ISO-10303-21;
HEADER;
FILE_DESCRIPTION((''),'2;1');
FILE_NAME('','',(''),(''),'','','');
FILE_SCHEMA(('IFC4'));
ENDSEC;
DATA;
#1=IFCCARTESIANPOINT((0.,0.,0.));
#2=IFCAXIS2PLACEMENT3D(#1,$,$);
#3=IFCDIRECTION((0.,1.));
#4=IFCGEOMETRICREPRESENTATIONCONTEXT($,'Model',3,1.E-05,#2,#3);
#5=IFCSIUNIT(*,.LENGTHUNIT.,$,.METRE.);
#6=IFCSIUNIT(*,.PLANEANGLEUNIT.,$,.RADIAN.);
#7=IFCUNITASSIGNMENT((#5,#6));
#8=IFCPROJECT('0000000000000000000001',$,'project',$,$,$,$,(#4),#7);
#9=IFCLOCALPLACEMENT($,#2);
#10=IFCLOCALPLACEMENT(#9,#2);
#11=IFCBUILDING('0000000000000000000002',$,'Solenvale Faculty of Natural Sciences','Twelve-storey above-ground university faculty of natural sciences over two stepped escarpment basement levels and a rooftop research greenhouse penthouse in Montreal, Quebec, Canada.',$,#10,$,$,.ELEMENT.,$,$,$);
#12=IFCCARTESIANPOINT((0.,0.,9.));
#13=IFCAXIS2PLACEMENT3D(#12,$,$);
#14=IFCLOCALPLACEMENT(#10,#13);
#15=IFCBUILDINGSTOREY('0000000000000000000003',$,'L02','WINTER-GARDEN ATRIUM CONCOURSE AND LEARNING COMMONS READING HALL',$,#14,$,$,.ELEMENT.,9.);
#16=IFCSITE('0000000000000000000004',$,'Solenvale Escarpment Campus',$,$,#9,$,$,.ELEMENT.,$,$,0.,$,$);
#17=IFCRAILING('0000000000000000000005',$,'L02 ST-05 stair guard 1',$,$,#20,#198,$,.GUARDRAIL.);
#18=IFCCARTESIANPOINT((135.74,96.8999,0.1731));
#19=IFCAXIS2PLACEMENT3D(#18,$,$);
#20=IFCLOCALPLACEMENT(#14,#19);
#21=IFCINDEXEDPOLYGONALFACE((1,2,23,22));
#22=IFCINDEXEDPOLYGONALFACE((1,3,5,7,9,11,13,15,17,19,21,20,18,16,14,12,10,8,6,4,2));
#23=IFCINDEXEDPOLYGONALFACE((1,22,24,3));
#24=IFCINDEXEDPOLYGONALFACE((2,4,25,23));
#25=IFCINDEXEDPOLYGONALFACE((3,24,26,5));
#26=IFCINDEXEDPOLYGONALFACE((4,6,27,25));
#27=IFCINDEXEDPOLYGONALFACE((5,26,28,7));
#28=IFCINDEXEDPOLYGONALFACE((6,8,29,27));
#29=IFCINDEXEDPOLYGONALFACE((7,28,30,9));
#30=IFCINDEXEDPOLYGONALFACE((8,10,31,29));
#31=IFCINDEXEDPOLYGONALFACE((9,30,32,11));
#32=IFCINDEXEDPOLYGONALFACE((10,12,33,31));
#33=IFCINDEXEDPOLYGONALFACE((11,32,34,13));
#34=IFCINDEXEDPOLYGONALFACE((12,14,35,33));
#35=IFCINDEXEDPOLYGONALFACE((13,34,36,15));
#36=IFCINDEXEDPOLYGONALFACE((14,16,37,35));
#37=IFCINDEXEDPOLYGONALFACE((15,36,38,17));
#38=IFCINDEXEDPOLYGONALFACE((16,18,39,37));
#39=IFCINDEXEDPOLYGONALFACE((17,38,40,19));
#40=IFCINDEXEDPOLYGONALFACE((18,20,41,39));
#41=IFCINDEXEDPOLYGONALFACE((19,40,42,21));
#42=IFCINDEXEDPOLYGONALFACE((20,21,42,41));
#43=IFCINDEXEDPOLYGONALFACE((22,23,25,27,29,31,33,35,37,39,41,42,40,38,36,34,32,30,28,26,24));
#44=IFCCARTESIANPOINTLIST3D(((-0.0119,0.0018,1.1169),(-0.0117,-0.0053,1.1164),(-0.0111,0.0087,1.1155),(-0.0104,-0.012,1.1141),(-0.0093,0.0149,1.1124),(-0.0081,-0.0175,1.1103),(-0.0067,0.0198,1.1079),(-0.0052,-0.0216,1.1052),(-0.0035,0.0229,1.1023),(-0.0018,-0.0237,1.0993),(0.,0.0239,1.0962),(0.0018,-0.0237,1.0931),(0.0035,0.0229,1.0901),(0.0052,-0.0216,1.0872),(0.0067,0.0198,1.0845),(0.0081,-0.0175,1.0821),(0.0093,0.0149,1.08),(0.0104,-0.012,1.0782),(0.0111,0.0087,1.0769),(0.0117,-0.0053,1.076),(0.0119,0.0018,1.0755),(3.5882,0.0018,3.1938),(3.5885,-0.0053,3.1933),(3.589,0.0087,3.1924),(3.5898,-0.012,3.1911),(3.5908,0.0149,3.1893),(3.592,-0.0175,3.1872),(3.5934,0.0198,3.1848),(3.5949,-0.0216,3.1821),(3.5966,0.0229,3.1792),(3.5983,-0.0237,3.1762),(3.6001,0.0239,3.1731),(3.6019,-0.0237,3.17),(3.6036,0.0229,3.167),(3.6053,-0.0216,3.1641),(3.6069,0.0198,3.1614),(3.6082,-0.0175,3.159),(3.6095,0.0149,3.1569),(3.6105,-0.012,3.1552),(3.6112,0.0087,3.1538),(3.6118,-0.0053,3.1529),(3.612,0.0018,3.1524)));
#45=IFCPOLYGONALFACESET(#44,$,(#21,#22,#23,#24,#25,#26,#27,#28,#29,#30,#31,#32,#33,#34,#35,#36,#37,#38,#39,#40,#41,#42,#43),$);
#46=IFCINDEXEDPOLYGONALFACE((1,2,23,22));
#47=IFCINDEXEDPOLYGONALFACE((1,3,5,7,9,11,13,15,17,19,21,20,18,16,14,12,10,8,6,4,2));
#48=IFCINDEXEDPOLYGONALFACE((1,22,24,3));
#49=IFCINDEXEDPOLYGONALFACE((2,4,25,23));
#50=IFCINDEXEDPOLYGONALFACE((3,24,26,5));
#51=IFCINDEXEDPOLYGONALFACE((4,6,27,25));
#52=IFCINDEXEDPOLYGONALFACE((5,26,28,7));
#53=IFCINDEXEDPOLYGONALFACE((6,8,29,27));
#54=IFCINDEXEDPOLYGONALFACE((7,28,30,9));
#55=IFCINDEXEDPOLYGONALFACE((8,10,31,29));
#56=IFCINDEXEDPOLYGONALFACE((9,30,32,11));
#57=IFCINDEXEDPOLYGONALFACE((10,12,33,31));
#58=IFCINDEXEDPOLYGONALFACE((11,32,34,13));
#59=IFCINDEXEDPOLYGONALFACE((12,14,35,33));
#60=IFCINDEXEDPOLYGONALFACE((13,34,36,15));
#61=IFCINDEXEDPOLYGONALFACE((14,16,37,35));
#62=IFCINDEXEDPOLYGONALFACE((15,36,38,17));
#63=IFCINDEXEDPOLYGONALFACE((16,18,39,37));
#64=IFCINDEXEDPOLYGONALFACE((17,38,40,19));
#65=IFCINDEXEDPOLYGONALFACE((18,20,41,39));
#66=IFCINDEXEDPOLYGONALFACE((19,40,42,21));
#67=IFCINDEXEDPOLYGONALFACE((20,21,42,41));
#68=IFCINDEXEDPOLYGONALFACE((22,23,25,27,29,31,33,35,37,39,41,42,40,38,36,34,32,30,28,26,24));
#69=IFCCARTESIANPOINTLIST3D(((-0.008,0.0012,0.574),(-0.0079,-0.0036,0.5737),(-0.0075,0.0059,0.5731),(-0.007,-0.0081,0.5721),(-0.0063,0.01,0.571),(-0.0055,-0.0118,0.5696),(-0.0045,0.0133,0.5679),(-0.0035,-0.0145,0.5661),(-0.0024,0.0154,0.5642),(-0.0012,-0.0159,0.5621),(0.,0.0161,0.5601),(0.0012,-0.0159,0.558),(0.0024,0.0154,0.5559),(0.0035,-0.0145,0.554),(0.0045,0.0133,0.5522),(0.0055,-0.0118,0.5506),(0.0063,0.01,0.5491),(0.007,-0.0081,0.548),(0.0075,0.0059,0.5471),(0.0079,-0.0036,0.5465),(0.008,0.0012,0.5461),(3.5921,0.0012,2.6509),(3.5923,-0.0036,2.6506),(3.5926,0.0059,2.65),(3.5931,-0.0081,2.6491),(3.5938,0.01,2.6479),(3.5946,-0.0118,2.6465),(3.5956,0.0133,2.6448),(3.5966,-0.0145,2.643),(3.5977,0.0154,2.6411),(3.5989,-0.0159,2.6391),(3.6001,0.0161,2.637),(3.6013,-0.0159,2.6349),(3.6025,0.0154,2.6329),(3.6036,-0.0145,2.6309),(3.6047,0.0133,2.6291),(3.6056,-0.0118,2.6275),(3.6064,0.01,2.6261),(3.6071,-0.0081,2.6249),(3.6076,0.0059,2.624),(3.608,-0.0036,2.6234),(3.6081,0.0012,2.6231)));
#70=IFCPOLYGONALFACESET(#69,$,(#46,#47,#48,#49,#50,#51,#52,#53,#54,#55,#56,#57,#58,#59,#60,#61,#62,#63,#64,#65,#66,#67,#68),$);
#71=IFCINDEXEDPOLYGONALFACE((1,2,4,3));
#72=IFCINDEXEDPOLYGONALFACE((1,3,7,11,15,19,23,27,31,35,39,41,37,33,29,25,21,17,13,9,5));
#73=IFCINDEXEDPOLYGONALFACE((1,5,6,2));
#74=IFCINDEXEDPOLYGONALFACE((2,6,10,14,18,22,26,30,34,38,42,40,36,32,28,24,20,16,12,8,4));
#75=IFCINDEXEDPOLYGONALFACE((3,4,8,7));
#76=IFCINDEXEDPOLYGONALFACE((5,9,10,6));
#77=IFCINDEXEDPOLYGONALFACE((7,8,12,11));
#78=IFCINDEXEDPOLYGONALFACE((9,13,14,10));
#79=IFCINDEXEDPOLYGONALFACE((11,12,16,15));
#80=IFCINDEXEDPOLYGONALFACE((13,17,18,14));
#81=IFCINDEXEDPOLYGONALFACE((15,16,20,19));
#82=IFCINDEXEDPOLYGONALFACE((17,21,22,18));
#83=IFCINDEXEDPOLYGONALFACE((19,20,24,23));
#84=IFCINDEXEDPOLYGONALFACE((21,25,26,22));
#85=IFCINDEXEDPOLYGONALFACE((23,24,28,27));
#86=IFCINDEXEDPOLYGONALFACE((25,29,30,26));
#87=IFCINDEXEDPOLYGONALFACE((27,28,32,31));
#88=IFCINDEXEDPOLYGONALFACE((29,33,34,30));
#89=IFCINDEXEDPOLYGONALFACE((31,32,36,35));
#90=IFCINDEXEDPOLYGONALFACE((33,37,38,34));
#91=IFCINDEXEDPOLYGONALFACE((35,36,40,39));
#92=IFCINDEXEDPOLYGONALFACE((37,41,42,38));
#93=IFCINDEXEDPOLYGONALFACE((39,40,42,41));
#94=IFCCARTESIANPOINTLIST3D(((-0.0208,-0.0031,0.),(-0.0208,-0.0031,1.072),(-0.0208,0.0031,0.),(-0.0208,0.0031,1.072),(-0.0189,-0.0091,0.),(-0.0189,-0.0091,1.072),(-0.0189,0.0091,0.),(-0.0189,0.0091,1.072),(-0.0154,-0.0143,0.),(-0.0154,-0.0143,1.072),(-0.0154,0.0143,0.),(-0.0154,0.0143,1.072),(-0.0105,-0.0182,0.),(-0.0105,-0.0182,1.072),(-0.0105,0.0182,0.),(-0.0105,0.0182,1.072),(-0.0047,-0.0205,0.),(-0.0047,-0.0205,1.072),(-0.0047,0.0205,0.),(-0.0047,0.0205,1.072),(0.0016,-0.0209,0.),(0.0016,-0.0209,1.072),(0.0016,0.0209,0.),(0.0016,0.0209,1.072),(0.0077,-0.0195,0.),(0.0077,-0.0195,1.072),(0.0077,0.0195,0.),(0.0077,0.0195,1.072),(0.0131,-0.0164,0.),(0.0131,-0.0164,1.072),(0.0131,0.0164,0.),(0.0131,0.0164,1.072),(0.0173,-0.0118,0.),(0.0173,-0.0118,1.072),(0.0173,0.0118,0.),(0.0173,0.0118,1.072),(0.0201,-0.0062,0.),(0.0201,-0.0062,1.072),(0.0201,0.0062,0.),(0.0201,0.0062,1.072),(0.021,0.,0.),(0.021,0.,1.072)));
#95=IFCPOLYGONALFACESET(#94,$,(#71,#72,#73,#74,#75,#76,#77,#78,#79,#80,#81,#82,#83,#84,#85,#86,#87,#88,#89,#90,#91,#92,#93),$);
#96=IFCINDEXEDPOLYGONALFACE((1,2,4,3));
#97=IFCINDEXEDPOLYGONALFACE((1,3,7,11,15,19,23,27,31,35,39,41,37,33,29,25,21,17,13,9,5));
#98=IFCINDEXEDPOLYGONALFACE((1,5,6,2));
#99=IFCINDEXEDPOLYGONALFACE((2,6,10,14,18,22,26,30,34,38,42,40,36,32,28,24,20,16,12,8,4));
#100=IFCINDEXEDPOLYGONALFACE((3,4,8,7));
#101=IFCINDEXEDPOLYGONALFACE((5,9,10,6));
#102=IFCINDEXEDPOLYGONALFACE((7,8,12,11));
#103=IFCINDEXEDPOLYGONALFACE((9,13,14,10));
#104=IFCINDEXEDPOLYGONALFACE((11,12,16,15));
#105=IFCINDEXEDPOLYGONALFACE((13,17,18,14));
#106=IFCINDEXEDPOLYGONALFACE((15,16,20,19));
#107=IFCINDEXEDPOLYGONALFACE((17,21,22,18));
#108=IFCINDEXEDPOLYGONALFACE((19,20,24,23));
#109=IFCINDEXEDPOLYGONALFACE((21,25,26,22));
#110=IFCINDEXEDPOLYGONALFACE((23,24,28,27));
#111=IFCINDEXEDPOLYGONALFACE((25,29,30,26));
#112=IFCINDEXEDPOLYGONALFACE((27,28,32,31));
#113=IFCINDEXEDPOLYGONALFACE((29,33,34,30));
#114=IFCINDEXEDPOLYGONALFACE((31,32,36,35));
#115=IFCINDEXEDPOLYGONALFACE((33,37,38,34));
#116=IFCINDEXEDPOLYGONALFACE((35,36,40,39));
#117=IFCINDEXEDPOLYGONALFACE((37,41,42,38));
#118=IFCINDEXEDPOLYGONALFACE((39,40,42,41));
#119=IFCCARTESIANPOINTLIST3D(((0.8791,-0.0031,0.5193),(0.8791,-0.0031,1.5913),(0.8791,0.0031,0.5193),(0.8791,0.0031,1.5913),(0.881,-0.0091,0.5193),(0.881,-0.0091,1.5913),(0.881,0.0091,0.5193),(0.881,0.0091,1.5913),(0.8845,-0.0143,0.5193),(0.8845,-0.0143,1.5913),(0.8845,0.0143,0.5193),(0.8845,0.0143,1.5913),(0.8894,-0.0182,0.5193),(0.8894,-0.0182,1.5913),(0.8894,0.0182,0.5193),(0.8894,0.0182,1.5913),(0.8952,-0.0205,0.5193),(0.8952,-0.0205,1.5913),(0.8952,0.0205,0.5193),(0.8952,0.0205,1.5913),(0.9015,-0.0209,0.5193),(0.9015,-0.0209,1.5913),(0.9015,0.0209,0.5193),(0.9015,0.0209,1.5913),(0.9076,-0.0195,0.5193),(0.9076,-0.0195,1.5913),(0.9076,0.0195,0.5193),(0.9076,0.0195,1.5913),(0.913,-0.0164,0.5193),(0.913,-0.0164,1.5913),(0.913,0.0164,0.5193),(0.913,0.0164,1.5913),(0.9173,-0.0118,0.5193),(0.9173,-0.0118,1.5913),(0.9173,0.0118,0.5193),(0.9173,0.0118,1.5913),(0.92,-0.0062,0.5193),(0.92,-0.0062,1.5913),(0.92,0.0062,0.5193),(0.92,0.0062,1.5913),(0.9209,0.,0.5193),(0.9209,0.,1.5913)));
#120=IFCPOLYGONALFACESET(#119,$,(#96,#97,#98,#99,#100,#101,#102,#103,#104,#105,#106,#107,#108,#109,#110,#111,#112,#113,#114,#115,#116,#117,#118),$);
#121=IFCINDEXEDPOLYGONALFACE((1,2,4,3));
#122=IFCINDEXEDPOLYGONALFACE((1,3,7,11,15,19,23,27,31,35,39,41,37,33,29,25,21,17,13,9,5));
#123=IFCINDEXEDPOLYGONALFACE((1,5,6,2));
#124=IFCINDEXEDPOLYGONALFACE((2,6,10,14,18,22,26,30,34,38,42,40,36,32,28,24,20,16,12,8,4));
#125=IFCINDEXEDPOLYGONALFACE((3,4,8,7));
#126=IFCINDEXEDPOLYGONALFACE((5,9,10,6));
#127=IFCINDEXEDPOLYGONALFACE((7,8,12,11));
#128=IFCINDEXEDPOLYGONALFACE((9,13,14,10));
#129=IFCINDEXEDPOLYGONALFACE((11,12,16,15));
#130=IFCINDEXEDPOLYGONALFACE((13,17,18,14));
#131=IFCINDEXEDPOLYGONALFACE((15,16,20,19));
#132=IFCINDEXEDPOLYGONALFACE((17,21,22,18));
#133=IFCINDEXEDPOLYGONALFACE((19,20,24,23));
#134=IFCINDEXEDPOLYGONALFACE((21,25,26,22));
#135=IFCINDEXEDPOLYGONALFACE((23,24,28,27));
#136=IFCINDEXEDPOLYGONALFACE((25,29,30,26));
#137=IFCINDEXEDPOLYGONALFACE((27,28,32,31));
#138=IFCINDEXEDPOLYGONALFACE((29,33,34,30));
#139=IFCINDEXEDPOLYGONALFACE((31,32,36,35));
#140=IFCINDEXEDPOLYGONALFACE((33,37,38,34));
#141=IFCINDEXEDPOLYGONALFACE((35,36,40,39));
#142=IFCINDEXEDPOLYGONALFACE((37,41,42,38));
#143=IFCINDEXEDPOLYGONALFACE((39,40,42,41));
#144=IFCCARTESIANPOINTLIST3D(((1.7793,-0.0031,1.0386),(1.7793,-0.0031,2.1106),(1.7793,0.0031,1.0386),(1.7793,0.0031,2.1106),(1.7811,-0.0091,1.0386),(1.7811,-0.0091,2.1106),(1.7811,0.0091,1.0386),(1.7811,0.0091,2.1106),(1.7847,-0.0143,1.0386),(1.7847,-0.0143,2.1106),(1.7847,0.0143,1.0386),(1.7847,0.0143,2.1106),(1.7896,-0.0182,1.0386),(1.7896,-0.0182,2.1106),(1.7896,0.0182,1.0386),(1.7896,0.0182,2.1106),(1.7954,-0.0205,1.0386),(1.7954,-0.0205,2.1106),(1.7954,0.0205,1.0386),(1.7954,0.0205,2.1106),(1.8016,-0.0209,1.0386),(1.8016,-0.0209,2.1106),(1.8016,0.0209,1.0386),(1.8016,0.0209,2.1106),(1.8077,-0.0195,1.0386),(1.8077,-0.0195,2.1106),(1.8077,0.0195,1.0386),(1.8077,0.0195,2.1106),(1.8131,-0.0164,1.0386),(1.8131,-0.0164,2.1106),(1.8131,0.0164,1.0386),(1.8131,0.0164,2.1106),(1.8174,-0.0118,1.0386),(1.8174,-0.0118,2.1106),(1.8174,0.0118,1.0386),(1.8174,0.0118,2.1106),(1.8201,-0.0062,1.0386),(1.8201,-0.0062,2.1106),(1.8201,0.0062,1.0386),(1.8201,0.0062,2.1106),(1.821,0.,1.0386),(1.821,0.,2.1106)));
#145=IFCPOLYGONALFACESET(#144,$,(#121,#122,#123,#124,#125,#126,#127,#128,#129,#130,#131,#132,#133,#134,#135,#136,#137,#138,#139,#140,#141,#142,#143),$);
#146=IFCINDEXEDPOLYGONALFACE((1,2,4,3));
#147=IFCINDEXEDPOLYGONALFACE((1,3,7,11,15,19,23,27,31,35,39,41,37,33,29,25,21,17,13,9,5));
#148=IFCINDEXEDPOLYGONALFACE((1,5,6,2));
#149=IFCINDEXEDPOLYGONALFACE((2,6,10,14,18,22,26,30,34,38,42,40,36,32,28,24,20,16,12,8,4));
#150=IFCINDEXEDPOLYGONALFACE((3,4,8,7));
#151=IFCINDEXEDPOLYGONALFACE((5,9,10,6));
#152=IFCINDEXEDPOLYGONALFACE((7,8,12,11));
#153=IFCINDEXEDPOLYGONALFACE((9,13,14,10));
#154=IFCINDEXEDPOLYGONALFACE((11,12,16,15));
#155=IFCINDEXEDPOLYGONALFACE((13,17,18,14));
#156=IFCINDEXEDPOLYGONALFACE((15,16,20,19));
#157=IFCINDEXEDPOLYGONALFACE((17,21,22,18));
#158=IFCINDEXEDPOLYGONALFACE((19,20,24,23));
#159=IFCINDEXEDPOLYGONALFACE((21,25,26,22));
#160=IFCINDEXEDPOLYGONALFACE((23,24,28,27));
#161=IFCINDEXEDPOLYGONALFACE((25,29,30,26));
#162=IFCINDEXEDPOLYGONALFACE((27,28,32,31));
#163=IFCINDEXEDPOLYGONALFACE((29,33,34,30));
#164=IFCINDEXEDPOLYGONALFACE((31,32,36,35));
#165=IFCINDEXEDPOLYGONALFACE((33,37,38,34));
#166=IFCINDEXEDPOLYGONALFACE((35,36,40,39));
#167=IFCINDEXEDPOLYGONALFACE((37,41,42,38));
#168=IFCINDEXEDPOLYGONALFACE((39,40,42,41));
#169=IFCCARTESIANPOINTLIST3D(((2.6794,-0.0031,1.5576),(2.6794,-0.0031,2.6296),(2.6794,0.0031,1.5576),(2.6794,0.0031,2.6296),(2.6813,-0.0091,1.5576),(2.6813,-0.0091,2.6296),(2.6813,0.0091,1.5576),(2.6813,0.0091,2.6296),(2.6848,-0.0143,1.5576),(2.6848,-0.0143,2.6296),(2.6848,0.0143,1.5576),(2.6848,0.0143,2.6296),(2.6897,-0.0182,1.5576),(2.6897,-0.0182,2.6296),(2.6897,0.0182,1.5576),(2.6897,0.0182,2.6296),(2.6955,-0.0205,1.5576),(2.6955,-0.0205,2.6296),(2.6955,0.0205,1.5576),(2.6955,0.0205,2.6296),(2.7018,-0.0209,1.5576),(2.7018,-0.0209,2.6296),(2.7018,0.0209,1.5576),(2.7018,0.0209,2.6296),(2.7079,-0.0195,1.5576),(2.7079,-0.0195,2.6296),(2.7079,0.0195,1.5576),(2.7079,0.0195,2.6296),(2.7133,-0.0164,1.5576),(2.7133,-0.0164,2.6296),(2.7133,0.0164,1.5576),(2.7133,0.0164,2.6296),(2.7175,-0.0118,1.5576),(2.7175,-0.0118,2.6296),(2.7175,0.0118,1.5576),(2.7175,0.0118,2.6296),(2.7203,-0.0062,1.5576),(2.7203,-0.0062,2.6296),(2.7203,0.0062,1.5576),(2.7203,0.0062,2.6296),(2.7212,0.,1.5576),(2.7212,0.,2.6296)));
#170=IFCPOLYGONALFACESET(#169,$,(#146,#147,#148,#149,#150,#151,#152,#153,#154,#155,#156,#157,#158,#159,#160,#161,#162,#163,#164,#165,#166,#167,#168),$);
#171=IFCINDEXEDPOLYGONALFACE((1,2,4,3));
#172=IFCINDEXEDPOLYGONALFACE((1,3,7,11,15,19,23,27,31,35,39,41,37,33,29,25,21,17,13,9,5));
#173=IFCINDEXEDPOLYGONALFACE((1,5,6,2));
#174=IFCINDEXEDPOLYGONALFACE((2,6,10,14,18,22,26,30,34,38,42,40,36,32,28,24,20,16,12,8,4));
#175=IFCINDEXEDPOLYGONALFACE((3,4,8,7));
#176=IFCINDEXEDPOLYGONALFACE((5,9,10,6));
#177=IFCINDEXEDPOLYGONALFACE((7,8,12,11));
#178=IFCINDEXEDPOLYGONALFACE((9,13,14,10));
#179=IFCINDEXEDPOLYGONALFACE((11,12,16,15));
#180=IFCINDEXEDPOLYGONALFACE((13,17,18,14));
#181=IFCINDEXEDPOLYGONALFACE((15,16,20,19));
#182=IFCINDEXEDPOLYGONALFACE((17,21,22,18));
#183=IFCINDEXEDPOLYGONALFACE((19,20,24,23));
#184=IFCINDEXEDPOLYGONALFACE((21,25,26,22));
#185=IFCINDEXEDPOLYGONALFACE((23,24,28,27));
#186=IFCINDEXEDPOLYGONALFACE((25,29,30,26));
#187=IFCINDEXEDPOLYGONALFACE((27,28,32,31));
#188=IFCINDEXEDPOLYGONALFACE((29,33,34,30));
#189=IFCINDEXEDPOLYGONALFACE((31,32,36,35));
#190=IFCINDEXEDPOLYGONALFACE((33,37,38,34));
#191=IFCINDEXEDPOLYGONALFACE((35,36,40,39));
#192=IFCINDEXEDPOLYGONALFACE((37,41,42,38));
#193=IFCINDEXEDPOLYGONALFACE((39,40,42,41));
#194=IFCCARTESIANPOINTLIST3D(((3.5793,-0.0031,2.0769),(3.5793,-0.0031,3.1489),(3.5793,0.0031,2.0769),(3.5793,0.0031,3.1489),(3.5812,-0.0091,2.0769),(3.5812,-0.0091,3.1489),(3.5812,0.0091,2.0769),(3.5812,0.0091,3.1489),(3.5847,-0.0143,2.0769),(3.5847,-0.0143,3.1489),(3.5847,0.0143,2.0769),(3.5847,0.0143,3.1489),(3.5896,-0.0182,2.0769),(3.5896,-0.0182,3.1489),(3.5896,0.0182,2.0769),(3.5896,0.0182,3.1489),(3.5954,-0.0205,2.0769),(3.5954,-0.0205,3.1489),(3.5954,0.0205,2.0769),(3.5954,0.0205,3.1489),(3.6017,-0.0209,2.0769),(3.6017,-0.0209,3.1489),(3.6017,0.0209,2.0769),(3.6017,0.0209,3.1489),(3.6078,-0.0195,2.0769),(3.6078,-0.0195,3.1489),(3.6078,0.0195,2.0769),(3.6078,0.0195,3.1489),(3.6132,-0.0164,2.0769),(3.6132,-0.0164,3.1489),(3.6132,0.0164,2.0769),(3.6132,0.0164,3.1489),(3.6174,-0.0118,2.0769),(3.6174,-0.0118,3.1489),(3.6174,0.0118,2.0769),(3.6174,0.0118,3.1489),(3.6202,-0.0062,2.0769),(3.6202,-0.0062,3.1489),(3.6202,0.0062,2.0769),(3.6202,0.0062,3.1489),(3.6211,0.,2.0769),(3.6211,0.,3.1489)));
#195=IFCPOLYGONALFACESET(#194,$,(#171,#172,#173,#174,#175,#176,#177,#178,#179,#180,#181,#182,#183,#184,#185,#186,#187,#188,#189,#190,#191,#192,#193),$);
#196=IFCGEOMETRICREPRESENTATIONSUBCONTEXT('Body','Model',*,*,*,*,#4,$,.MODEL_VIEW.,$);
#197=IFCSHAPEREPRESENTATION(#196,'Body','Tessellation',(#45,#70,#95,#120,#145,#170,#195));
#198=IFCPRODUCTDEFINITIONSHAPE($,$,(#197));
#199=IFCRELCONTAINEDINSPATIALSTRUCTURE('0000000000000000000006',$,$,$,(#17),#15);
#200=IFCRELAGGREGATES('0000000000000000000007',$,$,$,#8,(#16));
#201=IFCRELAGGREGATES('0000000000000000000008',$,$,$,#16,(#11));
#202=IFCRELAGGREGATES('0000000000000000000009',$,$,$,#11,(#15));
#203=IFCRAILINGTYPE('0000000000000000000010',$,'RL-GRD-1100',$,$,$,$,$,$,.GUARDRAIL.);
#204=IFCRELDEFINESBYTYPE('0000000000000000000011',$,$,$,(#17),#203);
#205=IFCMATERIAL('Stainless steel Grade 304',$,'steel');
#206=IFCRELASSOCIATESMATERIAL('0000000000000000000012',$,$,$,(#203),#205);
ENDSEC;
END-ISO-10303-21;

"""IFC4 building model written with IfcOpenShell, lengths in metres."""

from ifc_helpers import new_model, si_unit, direction, frame, origin, origin_2d, place, context, subcontext, project, spatial, circle, extrude, material, type_object, element, save


model = new_model("IFC4")

# Units and contexts
model_context = context("Model", 3, precision=1e-05, world=origin(), true_north=direction((0.0, 1.0)))
body_context = subcontext(model_context, "Body", "Model", "MODEL_VIEW")
ifc_project = project(units=[si_unit("LENGTHUNIT", "METRE"), si_unit("PLANEANGLEUNIT", "RADIAN")], contexts=[model_context])

# Site, building, storey
site_placement = place(None, origin())
site = spatial("IfcSite", under=ifc_project, at=site_placement, Name="Solenvale Escarpment Campus", CompositionType="ELEMENT", RefElevation=0.0)
building_placement = place(site_placement, origin())
building = spatial("IfcBuilding", under=site, at=building_placement, Name="Solenvale Faculty of Natural Sciences", Description="Twelve-storey above-ground university faculty of natural sciences over two stepped escarpment basement levels and a rooftop research greenhouse penthouse in Montreal, Quebec, Canada.", CompositionType="ELEMENT")
storey_placement = place(building_placement, frame((0.0, 0.0, 9.0)))
storey = spatial("IfcBuildingStorey", under=building, at=storey_placement, Name="L02", Description="WINTER-GARDEN ATRIUM CONCOURSE AND LEARNING COMMONS READING HALL", CompositionType="ELEMENT", Elevation=9.0)

# Shared definitions
ifc_material_1 = material(Name="Stainless steel Grade 304", Category="steel")

# Railing
railing_type = type_object("IfcRailingType", Name="RL-GRD-1100", PredefinedType="GUARDRAIL", material=ifc_material_1)
railing_1_placement = place(storey_placement, frame((135.74, 96.8999, 0.1731)))
element("IfcRailing", 1, at=railing_1_placement, inside=storey, type_object=railing_type, Name="L02 ST-05 stair guard 1", PredefinedType="GUARDRAIL", context=body_context, shape_type="SweptSolid", body=[
    extrude(circle(Radius=0.0239, at=origin_2d()), frame((0.0, 0.0, 1.0962), z_axis=(0.866193, 0.0, 0.499709), x_axis=(0.0, 1.0, 0.0)), (0.0, 0.0, 1.0), 4.1562),
    extrude(circle(Radius=0.0161, at=origin_2d()), frame((0.0, 0.0, 0.5601), z_axis=(0.866193, 0.0, 0.499709), x_axis=(0.0, 1.0, 0.0)), (0.0, 0.0, 1.0), 4.1562),
    extrude(circle(Radius=0.021, at=origin_2d()), origin(), (0.0, 0.0, 1.0), 1.072),
    extrude(circle(Radius=0.021, at=origin_2d()), frame((0.8999, 0.0, 0.5193)), (0.0, 0.0, 1.0), 1.072),
    extrude(circle(Radius=0.021, at=origin_2d()), frame((1.8, 0.0, 1.0386)), (0.0, 0.0, 1.0), 1.072),
    extrude(circle(Radius=0.021, at=origin_2d()), frame((2.7002, 0.0, 1.5576)), (0.0, 0.0, 1.0), 1.072),
    extrude(circle(Radius=0.021, at=origin_2d()), frame((3.6001, 0.0, 2.0769)), (0.0, 0.0, 1.0), 1.072),
])

save(model, "model.ifc")
